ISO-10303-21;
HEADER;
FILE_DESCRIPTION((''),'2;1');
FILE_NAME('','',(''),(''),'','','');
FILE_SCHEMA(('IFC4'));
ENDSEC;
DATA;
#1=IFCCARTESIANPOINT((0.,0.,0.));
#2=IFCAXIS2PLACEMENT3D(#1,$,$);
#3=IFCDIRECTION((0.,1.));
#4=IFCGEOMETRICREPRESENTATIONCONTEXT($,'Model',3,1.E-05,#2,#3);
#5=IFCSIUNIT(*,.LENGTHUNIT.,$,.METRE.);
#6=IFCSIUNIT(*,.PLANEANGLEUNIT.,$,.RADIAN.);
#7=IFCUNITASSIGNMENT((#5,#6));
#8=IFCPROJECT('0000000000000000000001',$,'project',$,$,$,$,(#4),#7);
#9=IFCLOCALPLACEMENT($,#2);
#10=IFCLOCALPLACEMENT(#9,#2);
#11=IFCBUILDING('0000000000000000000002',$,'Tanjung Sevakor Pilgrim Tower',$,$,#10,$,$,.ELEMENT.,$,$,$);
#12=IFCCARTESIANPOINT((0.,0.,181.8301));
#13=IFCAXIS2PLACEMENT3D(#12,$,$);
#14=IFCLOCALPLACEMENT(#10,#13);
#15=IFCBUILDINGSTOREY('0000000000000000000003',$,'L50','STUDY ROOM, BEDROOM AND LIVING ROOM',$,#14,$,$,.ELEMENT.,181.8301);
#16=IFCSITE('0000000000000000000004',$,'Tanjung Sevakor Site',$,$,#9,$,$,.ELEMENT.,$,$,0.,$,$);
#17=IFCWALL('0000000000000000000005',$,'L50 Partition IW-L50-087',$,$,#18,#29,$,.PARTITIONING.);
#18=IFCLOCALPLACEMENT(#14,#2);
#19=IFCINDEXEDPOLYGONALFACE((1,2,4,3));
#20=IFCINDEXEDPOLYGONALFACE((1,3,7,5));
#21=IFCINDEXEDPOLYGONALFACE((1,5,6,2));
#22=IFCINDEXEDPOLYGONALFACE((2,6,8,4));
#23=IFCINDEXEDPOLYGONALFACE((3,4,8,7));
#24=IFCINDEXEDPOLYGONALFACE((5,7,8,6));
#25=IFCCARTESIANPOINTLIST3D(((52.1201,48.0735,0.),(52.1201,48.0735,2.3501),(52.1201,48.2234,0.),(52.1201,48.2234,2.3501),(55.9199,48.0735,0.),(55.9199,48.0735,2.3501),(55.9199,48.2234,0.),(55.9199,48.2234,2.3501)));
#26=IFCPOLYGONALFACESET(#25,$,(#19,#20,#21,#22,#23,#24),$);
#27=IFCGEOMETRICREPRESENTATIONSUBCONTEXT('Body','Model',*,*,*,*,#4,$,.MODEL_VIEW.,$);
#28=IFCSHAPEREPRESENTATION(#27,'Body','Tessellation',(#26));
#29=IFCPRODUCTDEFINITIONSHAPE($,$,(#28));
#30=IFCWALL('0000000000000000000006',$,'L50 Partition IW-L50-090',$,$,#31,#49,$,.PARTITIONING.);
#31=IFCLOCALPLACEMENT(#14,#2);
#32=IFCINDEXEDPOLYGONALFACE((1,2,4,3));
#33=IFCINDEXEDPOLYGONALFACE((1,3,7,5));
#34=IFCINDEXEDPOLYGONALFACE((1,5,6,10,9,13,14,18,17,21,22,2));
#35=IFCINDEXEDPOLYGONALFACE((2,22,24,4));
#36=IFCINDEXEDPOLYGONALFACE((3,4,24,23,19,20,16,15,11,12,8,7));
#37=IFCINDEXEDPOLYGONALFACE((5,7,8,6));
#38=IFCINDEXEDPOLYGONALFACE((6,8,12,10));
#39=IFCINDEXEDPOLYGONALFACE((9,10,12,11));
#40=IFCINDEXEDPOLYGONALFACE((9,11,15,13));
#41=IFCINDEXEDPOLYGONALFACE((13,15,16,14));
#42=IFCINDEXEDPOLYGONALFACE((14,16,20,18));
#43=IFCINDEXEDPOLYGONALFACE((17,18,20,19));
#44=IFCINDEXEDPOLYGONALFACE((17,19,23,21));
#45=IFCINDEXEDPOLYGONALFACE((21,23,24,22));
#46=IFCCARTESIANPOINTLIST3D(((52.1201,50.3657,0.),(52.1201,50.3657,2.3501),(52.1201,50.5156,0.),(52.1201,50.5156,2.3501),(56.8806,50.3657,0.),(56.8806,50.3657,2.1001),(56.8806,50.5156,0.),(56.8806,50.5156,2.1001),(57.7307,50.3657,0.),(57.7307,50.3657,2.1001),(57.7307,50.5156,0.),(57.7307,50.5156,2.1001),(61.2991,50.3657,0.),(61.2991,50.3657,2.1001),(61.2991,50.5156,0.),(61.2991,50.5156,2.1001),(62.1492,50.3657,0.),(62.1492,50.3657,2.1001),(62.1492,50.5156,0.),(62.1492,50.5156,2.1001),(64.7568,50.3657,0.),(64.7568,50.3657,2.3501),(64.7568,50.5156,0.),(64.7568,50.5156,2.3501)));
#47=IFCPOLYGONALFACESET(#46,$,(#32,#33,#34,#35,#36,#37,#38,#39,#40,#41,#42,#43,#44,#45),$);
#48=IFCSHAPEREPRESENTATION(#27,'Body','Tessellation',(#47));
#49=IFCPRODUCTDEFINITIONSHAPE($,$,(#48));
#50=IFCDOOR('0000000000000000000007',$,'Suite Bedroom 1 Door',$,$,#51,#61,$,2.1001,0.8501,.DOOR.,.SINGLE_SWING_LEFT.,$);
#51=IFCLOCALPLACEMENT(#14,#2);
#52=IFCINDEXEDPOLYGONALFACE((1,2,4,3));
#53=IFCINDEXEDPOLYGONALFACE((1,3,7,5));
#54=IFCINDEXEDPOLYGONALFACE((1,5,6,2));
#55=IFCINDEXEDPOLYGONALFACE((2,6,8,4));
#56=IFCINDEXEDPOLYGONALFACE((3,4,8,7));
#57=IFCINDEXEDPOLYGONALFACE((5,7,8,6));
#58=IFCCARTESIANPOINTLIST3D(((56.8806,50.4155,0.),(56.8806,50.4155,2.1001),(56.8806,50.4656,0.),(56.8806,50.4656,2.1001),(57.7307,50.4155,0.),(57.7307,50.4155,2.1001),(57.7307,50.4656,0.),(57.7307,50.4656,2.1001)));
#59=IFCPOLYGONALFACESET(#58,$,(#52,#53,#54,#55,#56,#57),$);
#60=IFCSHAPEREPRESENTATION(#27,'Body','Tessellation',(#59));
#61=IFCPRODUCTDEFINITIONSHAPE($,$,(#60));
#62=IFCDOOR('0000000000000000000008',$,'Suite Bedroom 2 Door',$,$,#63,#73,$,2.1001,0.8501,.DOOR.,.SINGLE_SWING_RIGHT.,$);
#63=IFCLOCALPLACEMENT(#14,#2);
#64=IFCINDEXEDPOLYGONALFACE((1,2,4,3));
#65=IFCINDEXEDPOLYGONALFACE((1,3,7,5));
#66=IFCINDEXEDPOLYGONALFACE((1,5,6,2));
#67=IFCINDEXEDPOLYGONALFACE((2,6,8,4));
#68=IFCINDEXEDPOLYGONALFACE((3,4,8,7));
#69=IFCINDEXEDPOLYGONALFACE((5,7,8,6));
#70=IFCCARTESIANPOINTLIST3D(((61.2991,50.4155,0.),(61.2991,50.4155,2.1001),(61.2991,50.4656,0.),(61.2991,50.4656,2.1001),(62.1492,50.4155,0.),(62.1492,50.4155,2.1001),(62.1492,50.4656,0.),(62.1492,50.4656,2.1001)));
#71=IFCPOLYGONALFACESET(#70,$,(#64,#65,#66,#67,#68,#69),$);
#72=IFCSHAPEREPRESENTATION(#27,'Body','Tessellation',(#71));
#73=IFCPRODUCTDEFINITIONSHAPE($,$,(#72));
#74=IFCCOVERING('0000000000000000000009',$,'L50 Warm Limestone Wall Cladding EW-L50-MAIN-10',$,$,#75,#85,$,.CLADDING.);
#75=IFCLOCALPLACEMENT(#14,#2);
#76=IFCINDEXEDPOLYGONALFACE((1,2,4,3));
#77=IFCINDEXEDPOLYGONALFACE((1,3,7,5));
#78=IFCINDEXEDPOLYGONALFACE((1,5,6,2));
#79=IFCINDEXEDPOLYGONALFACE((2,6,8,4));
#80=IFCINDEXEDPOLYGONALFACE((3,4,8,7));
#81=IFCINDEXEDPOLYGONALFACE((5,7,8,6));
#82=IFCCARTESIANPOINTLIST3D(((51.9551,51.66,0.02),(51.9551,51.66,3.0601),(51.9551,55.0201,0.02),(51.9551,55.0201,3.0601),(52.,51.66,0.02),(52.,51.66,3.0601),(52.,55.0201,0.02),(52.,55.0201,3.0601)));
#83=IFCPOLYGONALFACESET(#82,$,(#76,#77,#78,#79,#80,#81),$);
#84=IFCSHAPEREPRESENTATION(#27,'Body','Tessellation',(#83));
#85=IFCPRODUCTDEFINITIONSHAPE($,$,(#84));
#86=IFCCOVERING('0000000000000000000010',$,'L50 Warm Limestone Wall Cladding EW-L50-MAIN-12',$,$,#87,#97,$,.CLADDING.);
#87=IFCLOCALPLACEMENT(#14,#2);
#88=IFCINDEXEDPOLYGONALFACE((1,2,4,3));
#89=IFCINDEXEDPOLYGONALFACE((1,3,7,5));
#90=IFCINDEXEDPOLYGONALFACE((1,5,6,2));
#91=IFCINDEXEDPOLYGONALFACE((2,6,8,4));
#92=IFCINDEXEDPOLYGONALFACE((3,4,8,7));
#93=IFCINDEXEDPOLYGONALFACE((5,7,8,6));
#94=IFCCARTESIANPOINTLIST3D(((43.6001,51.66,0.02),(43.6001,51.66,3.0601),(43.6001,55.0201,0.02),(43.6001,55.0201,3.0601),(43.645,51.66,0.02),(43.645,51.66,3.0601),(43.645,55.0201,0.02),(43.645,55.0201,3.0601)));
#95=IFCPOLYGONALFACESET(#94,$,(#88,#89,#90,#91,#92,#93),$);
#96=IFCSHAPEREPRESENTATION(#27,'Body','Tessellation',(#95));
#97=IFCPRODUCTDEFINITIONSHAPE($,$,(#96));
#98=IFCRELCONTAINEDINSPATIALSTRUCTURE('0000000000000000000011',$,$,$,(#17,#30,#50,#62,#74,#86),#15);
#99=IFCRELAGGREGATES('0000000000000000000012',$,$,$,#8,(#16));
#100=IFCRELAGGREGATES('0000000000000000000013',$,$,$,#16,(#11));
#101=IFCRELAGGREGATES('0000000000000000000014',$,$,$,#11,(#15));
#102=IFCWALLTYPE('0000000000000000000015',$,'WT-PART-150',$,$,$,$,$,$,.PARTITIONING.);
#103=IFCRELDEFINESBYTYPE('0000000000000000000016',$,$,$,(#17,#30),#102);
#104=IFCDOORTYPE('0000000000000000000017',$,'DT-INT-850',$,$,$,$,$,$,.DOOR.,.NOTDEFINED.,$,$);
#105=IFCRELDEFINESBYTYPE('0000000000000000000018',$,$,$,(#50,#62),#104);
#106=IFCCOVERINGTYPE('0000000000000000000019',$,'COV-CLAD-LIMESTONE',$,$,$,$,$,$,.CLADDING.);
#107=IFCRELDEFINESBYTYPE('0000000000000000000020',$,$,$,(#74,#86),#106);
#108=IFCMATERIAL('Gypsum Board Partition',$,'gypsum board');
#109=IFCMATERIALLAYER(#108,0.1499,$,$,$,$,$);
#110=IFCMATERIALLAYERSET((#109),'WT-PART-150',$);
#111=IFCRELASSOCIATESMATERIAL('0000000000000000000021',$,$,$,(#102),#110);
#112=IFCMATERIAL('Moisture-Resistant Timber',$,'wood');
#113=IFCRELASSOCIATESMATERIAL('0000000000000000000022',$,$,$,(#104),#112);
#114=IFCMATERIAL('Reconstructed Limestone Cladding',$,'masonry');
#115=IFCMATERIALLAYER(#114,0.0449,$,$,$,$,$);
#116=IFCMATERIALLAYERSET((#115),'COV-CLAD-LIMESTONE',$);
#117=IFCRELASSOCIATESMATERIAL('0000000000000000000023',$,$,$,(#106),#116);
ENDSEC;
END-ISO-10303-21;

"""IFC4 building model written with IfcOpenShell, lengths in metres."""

from ifc_helpers import new_model, si_unit, direction, frame, frame_2d, origin, origin_2d, place, context, subcontext, project, spatial, rectangle, extrude, material, layer, layer_set, type_object, element, fill, save


model = new_model("IFC4")

# Units and contexts
model_context = context("Model", 3, precision=1e-05, world=origin(), true_north=direction((0.0, 1.0)))
body_context = subcontext(model_context, "Body", "Model", "MODEL_VIEW")
ifc_project = project(units=[si_unit("LENGTHUNIT", "METRE"), si_unit("PLANEANGLEUNIT", "RADIAN")], contexts=[model_context])

# Site, building, storey
site_placement = place(None, origin())
site = spatial("IfcSite", under=ifc_project, at=site_placement, Name="Tanjung Sevakor Site", CompositionType="ELEMENT", RefElevation=0.0)
building_placement = place(site_placement, origin())
building = spatial("IfcBuilding", under=site, at=building_placement, Name="Tanjung Sevakor Pilgrim Tower", CompositionType="ELEMENT")
storey_placement = place(building_placement, frame((0.0, 0.0, 181.8301)))
storey = spatial("IfcBuildingStorey", under=building, at=storey_placement, Name="L50", Description="STUDY ROOM, BEDROOM AND LIVING ROOM", CompositionType="ELEMENT", Elevation=181.8301)

# Wall
ifc_material_1 = material(Name="Gypsum Board Partition", Category="gypsum board")
ifc_layer_1 = layer(ifc_material_1, 0.1499)
ifc_layer_set_1 = layer_set([ifc_layer_1], Name="WT-PART-150")
wall_type_1 = type_object("IfcWallType", Name="WT-PART-150", PredefinedType="PARTITIONING", material=ifc_layer_set_1)
wall_1_placement = place(storey_placement, frame((52.1201, 48.1484, 0.0), z_axis=(0.0, 0.0, 1.0), x_axis=(1.0, 0.0, 0.0)))
element("IfcWall", 1, at=wall_1_placement, inside=storey, type_object=wall_type_1, Name="L50 Partition IW-L50-087", PredefinedType="PARTITIONING", context=body_context, shape_type="SweptSolid", body=[
    extrude(rectangle(XDim=3.7998, YDim=0.1499, at=frame_2d((1.8999, 0.0))), origin(), (0.0, 0.0, 1.0), 2.3501),
])

# Wall, openings, doors
wall_2_placement = place(storey_placement, frame((52.1201, 50.4407, 0.0), z_axis=(0.0, 0.0, 1.0), x_axis=(1.0, 0.0, 0.0)))
wall_2 = element("IfcWall", 2, at=wall_2_placement, inside=storey, type_object=wall_type_1, Name="L50 Partition IW-L50-090", PredefinedType="PARTITIONING", context=body_context, shape_type="SweptSolid", body=[
    extrude(rectangle(XDim=12.6367, YDim=0.1499, at=frame_2d((6.3184, 0.0))), origin(), (0.0, 0.0, 1.0), 2.3501),
])
opening_1_placement = place(wall_2_placement, frame((4.7605, 0.0, 0.0)))
opening_1 = element("IfcOpeningElement", 3, at=opening_1_placement, cuts=wall_2, PredefinedType="OPENING", context=body_context, shape_type="SweptSolid", body=[
    extrude(rectangle(XDim=0.8501, YDim=2.1001, at=frame_2d((0.425, 1.05))), frame((0.0, 0.085, 0.0), z_axis=(0.0, -1.0, 0.0), x_axis=(1.0, 0.0, 0.0)), (0.0, 0.0, 1.0), 0.1699),
])
opening_2_placement = place(wall_2_placement, frame((9.179, 0.0, 0.0)))
opening_2 = element("IfcOpeningElement", 4, at=opening_2_placement, cuts=wall_2, PredefinedType="OPENING", context=body_context, shape_type="SweptSolid", body=[
    extrude(rectangle(XDim=0.8501, YDim=2.1001, at=frame_2d((0.425, 1.05))), frame((0.0, 0.085, 0.0), z_axis=(0.0, -1.0, 0.0), x_axis=(1.0, 0.0, 0.0)), (0.0, 0.0, 1.0), 0.1699),
])
ifc_material_2 = material(Name="Moisture-Resistant Timber", Category="wood")
door_type_1 = type_object("IfcDoorType", Name="DT-INT-850", OperationType="NOTDEFINED", PredefinedType="DOOR", material=ifc_material_2)
door_1_placement = place(opening_1_placement, origin())
door_1 = element("IfcDoor", 5, at=door_1_placement, inside=storey, type_object=door_type_1, Name="Suite Bedroom 1 Door", OperationType="SINGLE_SWING_LEFT", OverallHeight=2.1001, OverallWidth=0.8501, PredefinedType="DOOR", context=body_context, shape_type="SweptSolid", body=[
    extrude(rectangle(XDim=0.8501, YDim=2.1001, at=frame_2d((0.425, 1.05))), frame((0.0, 0.0249, 0.0), z_axis=(0.0, -1.0, 0.0), x_axis=(1.0, 0.0, 0.0)), (0.0, 0.0, 1.0), 0.05),
])
fill(opening_1, door_1)
door_2_placement = place(opening_2_placement, origin())
door_2 = element("IfcDoor", 6, at=door_2_placement, inside=storey, type_object=door_type_1, Name="Suite Bedroom 2 Door", OperationType="SINGLE_SWING_RIGHT", OverallHeight=2.1001, OverallWidth=0.8501, PredefinedType="DOOR", context=body_context, shape_type="SweptSolid", body=[
    extrude(rectangle(XDim=0.8501, YDim=2.1001, at=frame_2d((0.425, 1.05))), frame((0.0, 0.0249, 0.0), z_axis=(0.0, -1.0, 0.0), x_axis=(1.0, 0.0, 0.0)), (0.0, 0.0, 1.0), 0.05),
])
fill(opening_2, door_2)

# Coverings
ifc_material_3 = material(Name="Reconstructed Limestone Cladding", Category="masonry")
ifc_layer_2 = layer(ifc_material_3, 0.0449)
ifc_layer_set_2 = layer_set([ifc_layer_2], Name="COV-CLAD-LIMESTONE")
covering_type = type_object("IfcCoveringType", Name="COV-CLAD-LIMESTONE", PredefinedType="CLADDING", material=ifc_layer_set_2)
for number, where, z_axis, x_axis, name in (
    (7, (51.9775, 53.3401, 0.02), (0.0, 0.0, 1.0), (0.0, -1.0, 0.0), "L50 Warm Limestone Wall Cladding EW-L50-MAIN-10"),
    (8, (43.6226, 53.3401, 0.02), (0.0, 0.0, 1.0), (0.0, 1.0, 0.0), "L50 Warm Limestone Wall Cladding EW-L50-MAIN-12"),
):
    element("IfcCovering", number, at=place(storey_placement, frame(where, z_axis=z_axis, x_axis=x_axis)), inside=storey, type_object=covering_type, Name=name, PredefinedType="CLADDING", context=body_context, shape_type="SweptSolid", body=[
        extrude(rectangle(XDim=3.3601, YDim=0.0449, at=origin_2d()), origin(), (0.0, 0.0, 1.0), 3.04),
    ])

save(model, "model.ifc")
